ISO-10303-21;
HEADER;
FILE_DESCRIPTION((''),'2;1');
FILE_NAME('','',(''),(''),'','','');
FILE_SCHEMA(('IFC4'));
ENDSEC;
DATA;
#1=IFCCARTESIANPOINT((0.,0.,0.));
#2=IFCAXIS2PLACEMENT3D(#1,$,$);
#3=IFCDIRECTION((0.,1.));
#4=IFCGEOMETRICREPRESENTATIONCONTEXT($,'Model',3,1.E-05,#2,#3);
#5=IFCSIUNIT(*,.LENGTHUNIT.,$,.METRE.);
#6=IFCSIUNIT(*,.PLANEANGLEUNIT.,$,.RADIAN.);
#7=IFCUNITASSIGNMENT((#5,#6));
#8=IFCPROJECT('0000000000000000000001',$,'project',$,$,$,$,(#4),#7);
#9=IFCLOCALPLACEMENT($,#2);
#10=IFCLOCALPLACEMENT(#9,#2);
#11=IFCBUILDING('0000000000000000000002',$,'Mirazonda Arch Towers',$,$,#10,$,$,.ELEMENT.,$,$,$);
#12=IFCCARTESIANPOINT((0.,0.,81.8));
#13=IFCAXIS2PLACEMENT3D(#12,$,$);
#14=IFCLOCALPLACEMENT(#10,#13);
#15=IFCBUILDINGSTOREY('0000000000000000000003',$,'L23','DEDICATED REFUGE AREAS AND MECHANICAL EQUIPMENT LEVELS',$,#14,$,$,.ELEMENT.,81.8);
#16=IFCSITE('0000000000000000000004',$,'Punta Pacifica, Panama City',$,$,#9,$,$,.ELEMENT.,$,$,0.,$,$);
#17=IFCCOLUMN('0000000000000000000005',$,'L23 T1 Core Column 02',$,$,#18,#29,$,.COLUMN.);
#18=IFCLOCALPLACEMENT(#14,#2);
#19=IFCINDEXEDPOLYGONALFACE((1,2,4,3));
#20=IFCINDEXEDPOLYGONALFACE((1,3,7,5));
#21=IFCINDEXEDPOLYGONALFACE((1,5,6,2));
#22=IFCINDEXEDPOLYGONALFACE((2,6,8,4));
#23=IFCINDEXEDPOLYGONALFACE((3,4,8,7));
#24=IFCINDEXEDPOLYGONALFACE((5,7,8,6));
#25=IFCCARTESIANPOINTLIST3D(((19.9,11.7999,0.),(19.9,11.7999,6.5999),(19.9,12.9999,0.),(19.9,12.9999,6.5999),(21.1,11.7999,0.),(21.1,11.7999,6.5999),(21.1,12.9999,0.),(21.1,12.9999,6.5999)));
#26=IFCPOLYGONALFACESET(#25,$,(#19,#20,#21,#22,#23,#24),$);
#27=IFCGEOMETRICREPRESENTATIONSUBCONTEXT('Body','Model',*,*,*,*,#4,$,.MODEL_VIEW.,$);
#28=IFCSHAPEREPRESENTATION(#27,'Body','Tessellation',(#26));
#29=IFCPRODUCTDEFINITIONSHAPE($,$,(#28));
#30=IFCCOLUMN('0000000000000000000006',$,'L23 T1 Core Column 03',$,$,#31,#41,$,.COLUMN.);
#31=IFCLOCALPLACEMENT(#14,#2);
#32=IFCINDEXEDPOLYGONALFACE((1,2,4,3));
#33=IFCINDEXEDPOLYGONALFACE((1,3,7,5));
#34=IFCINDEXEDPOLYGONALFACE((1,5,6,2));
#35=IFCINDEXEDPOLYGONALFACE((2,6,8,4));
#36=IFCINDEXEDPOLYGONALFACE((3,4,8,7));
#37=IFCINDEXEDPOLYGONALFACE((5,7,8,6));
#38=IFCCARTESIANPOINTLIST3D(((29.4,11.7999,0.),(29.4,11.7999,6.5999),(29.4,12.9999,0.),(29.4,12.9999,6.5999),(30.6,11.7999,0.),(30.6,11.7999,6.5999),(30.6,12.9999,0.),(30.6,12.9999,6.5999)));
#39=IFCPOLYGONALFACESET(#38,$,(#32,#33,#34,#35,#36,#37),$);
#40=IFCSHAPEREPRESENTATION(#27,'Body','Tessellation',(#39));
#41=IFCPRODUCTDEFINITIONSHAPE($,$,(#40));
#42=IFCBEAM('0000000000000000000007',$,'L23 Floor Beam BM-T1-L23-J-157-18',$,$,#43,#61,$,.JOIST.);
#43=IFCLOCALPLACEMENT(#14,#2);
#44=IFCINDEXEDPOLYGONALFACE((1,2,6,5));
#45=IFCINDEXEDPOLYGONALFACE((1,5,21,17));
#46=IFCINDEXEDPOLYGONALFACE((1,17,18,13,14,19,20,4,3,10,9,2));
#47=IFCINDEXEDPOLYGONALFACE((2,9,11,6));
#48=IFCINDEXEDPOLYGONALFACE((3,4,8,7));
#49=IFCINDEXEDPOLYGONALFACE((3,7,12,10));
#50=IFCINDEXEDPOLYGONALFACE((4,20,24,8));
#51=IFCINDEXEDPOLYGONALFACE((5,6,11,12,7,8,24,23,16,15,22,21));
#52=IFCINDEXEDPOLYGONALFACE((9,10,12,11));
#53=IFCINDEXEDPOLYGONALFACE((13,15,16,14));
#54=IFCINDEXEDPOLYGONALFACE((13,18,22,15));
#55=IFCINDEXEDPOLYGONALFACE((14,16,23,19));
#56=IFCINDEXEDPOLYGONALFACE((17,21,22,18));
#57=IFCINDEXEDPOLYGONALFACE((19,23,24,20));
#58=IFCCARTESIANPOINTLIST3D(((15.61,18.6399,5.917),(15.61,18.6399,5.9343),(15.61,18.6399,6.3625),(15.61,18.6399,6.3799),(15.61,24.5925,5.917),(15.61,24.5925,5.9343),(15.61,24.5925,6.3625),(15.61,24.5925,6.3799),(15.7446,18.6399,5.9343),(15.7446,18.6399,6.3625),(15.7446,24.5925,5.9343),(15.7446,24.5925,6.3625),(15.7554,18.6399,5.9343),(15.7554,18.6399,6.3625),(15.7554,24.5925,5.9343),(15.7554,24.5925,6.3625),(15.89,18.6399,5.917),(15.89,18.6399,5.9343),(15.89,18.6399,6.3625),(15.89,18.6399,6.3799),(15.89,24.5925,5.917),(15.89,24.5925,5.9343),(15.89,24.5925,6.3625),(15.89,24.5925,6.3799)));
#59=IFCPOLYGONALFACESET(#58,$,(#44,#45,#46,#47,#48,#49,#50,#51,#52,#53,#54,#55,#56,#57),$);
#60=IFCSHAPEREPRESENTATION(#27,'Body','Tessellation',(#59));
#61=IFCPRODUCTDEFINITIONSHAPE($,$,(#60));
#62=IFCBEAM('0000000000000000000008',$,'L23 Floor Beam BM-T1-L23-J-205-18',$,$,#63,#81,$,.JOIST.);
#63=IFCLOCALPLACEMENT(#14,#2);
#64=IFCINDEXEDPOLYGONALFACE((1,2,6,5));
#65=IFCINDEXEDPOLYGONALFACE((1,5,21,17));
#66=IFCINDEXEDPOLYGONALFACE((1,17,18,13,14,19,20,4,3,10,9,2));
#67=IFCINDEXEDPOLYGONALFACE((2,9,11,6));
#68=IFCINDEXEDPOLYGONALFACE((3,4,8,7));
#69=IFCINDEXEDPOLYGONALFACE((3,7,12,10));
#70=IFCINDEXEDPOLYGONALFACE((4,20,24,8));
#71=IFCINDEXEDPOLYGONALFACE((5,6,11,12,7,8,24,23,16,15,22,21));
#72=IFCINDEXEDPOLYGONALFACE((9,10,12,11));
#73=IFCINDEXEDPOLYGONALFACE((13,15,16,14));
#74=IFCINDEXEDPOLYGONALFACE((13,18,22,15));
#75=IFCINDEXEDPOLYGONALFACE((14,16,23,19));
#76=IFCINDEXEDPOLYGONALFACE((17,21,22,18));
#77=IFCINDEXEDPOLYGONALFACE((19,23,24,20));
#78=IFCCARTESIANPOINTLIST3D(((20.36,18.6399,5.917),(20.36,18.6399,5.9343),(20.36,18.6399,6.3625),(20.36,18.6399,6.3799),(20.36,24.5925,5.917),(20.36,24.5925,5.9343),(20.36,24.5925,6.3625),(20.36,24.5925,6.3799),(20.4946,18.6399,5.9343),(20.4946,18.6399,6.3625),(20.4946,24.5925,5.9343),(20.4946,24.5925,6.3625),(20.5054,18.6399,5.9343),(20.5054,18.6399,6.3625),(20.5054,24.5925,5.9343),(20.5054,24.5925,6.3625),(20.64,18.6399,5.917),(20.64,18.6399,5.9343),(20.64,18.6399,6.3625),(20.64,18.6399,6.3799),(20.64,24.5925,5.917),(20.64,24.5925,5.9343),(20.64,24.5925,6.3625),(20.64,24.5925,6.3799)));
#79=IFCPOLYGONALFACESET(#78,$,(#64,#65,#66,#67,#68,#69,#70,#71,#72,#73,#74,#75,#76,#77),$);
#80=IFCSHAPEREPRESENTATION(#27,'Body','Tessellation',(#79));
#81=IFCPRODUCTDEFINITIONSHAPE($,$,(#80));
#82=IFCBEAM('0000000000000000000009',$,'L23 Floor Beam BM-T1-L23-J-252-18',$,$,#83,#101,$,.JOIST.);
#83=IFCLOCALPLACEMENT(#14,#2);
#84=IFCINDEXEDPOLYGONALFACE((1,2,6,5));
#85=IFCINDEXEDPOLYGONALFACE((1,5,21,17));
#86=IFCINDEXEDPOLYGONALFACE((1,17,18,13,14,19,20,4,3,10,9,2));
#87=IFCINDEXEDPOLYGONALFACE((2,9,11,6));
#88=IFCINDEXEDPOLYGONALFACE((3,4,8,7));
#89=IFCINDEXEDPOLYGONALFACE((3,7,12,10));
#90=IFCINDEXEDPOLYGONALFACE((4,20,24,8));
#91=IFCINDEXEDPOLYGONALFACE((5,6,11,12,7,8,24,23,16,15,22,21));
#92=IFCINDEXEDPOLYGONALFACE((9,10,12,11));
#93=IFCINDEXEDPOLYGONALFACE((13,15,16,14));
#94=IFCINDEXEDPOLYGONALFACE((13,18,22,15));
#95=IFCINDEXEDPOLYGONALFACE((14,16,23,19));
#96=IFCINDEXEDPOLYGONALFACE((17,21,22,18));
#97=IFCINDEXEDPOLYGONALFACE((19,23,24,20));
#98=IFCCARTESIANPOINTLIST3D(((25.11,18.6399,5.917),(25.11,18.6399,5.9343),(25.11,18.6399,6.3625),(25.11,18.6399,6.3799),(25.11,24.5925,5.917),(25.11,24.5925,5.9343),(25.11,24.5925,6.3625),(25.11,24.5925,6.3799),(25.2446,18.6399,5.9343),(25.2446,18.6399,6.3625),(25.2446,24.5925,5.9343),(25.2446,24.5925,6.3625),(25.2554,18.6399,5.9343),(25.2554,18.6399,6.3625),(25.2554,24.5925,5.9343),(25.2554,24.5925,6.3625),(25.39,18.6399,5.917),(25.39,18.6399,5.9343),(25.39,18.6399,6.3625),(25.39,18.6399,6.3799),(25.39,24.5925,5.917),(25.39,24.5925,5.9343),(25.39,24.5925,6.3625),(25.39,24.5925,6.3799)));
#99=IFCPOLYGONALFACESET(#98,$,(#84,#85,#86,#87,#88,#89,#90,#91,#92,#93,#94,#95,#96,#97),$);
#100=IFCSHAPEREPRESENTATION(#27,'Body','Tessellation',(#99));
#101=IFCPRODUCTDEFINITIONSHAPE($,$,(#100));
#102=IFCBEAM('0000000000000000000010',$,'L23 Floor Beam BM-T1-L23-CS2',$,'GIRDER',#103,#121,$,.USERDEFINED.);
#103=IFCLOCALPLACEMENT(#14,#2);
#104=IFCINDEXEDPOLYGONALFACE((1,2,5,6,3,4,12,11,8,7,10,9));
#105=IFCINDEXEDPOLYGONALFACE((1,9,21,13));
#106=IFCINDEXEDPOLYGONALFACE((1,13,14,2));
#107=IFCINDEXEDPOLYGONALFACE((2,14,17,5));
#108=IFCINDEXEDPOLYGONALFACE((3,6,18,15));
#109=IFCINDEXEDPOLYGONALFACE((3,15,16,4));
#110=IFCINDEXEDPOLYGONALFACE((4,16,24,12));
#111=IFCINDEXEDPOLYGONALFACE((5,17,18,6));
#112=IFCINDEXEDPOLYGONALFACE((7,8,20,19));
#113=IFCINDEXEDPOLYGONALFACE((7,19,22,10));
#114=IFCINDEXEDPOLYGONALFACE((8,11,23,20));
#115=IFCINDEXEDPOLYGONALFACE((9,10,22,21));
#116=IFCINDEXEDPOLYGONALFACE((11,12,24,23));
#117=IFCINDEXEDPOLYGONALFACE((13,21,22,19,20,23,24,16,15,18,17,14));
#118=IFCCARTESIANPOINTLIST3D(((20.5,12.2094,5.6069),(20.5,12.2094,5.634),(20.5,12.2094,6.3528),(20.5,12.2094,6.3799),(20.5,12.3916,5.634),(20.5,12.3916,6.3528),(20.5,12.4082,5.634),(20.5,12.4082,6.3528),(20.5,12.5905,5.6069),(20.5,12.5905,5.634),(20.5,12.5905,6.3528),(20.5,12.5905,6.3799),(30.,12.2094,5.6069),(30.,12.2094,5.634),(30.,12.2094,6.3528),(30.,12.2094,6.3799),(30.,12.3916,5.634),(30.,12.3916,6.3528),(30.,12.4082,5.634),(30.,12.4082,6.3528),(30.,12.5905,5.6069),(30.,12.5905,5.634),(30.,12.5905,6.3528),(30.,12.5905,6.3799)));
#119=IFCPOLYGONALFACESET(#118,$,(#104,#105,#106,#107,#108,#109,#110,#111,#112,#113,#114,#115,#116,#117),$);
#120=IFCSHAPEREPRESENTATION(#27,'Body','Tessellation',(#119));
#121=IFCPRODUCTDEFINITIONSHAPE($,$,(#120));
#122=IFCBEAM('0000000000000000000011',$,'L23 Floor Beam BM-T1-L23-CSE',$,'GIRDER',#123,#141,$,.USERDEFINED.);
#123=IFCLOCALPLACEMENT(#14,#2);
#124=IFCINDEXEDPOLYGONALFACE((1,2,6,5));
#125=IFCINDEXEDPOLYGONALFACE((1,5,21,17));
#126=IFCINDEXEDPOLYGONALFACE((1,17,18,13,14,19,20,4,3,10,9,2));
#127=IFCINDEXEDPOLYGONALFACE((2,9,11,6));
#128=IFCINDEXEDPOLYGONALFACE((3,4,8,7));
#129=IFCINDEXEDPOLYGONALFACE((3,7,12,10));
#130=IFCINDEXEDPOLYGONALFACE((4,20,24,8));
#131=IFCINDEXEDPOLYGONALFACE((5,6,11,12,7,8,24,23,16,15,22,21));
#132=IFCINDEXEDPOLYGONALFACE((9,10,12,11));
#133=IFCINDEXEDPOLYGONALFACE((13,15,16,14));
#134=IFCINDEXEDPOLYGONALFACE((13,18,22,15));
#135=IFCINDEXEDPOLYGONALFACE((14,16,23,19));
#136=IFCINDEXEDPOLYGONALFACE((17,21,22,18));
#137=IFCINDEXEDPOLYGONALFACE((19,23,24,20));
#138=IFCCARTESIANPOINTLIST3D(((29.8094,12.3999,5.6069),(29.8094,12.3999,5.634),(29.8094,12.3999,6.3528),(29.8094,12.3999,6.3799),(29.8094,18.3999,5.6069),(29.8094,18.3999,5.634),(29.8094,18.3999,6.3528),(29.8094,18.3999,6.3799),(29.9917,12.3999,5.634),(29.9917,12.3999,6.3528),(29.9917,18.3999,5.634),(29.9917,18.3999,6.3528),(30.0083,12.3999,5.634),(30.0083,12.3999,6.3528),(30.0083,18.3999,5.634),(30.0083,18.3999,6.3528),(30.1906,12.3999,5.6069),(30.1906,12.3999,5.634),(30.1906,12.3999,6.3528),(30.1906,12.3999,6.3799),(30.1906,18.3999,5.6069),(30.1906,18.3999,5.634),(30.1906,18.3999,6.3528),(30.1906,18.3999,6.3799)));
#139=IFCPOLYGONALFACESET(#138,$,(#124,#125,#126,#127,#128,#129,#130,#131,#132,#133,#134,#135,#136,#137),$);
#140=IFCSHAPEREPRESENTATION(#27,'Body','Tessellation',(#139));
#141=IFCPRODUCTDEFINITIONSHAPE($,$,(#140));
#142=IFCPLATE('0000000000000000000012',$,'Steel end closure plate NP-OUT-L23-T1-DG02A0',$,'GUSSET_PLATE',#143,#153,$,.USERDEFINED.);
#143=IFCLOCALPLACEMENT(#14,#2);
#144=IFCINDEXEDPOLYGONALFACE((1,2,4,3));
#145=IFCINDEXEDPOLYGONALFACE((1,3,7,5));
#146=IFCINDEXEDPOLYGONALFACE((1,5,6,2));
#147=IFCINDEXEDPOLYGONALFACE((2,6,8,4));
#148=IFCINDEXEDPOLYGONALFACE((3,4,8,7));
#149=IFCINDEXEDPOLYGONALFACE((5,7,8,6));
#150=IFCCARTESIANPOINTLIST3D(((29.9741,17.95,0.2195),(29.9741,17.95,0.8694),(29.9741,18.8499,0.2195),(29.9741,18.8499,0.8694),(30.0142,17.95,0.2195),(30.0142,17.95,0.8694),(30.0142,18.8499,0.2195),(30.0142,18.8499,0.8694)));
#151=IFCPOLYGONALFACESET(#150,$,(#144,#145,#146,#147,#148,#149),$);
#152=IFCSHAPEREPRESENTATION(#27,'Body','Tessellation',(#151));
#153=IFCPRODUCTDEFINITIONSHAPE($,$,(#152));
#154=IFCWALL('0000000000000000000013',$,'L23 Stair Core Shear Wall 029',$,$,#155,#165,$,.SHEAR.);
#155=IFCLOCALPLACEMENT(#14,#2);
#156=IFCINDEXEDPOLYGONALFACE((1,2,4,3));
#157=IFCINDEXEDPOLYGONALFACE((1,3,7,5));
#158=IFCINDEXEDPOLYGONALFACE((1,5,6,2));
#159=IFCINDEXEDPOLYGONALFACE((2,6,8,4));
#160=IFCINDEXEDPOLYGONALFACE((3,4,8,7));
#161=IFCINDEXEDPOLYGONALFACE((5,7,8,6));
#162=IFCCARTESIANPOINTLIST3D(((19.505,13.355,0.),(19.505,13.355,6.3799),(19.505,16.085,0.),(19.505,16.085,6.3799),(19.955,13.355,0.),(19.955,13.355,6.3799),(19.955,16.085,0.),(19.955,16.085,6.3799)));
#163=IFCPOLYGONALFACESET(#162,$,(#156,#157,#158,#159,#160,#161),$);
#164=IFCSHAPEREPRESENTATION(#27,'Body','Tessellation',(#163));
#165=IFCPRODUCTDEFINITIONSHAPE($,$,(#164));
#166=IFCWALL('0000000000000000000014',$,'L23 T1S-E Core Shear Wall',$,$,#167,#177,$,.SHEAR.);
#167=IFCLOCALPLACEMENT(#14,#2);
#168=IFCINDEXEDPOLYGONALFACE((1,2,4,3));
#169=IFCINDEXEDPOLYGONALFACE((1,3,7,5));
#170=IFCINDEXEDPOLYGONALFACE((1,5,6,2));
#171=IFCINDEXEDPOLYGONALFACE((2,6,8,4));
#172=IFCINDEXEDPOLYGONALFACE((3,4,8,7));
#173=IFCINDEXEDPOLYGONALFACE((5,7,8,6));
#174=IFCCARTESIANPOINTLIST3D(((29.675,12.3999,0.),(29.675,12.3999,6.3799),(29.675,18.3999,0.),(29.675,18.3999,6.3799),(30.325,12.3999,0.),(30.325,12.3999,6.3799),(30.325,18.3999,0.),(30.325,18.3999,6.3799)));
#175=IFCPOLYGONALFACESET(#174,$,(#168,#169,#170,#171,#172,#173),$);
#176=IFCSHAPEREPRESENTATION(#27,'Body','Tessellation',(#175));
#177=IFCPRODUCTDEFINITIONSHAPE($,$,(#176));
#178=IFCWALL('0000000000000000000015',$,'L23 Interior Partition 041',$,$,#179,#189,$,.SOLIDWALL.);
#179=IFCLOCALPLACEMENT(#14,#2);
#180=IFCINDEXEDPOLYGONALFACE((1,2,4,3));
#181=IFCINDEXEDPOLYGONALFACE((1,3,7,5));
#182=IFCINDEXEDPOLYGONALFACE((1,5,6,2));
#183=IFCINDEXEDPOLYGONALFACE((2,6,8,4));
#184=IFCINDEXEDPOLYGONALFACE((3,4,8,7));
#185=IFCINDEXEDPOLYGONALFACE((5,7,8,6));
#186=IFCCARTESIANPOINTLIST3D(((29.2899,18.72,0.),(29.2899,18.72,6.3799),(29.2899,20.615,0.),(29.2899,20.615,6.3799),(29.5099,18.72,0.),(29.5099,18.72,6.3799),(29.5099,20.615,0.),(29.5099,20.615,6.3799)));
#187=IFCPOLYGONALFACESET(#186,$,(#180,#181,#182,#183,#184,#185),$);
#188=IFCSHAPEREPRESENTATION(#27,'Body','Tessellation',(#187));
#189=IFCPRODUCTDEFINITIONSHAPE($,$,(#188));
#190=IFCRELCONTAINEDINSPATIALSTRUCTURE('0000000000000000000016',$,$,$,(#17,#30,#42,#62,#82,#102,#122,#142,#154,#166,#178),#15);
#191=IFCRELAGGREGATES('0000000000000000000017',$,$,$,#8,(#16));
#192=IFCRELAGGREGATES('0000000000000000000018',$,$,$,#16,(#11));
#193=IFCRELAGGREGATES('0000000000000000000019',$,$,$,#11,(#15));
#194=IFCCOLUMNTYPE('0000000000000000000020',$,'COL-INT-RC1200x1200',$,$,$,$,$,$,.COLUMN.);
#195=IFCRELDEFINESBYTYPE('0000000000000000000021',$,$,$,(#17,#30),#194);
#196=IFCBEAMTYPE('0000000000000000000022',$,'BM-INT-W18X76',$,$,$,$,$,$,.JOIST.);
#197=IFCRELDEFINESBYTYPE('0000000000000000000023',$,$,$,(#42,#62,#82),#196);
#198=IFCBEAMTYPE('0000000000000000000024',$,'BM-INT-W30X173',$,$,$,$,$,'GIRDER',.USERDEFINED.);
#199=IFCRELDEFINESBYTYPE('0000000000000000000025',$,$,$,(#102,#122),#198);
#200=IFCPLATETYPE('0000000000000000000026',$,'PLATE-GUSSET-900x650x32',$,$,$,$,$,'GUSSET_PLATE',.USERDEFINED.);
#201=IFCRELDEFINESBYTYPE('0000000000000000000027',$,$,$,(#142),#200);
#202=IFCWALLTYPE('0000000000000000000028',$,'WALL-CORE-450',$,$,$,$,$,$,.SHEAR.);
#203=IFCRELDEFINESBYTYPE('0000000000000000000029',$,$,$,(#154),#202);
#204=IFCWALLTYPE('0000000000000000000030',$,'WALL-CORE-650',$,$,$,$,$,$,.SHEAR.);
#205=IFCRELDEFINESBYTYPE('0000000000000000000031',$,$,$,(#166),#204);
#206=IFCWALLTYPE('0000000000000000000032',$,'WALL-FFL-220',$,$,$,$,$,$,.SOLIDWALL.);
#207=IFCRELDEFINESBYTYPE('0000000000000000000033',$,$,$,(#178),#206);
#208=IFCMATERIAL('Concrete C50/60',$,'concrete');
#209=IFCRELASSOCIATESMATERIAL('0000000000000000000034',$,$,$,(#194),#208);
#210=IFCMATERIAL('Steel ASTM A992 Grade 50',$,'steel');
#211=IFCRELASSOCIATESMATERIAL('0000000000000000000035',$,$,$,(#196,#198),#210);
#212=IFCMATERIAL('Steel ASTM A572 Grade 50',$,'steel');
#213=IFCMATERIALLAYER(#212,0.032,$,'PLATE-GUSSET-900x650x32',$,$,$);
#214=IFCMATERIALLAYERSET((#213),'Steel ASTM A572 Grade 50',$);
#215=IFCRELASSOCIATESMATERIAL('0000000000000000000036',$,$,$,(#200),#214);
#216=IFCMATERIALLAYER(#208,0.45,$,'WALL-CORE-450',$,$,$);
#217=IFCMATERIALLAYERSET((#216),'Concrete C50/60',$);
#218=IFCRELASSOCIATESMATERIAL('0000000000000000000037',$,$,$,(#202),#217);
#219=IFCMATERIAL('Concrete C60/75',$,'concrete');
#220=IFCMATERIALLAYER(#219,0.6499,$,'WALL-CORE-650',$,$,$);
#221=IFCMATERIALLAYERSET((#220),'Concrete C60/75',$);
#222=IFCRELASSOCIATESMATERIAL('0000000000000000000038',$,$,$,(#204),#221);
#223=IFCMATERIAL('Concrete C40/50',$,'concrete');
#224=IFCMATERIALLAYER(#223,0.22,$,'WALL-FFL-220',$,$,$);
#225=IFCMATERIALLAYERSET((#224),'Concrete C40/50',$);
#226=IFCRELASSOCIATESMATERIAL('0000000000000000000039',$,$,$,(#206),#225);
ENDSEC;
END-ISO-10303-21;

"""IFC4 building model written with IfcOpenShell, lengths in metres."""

from ifc_helpers import new_model, si_unit, direction, frame, frame_2d, origin, origin_2d, place, context, subcontext, project, spatial, rectangle, i_section, extrude, material, layer, layer_set, material_profile, profile_set, type_object, element, save


model = new_model("IFC4")

# Units and contexts
model_context = context("Model", 3, precision=1e-05, world=origin(), true_north=direction((0.0, 1.0)))
body_context = subcontext(model_context, "Body", "Model", "MODEL_VIEW")
ifc_project = project(units=[si_unit("LENGTHUNIT", "METRE"), si_unit("PLANEANGLEUNIT", "RADIAN")], contexts=[model_context])

# Site, building, storey
site_placement = place(None, origin())
site = spatial("IfcSite", under=ifc_project, at=site_placement, Name="Punta Pacifica, Panama City", CompositionType="ELEMENT", RefElevation=0.0)
building_placement = place(site_placement, origin())
building = spatial("IfcBuilding", under=site, at=building_placement, Name="Mirazonda Arch Towers", CompositionType="ELEMENT")
storey_placement = place(building_placement, frame((0.0, 0.0, 81.8)))
storey = spatial("IfcBuildingStorey", under=building, at=storey_placement, Name="L23", Description="DEDICATED REFUGE AREAS AND MECHANICAL EQUIPMENT LEVELS", CompositionType="ELEMENT", Elevation=81.8)

# Columns
ifc_material_1 = material(Name="Concrete C50/60", Category="concrete")
ifc_material_profile_1 = material_profile(ifc_material_1, rectangle(XDim=1.2, YDim=1.2, at=origin_2d()), Name="RC1200x1200")
ifc_profile_set_1 = profile_set([ifc_material_profile_1], Name="Concrete C50/60")
column_type = type_object("IfcColumnType", Name="COL-INT-RC1200x1200", PredefinedType="COLUMN", material=ifc_profile_set_1)
for number, where, z_axis, x_axis, name in (
    (1, (20.5, 12.3999, 0.0), (0.0, 0.0, 1.0), (1.0, 0.0, 0.0), "L23 T1 Core Column 02"),
    (2, (30.0, 12.3999, 0.0), (0.0, 0.0, 1.0), (1.0, 0.0, 0.0), "L23 T1 Core Column 03"),
):
    element("IfcColumn", number, at=place(storey_placement, frame(where, z_axis=z_axis, x_axis=x_axis)), inside=storey, type_object=column_type, Name=name, PredefinedType="COLUMN", context=body_context, shape_type="SweptSolid", body=[
        extrude(rectangle(XDim=1.2, YDim=1.2, at=origin_2d()), origin(), (0.0, 0.0, 1.0), 6.5999),
    ])

# Beams
ifc_material_2 = material(Name="Steel ASTM A992 Grade 50", Category="steel")
ifc_material_profile_2 = material_profile(ifc_material_2, i_section(OverallWidth=0.28, OverallDepth=0.4629, WebThickness=0.0107, FlangeThickness=0.0173, at=origin_2d()), Name="W18X76")
ifc_profile_set_2 = profile_set([ifc_material_profile_2], Name="Steel ASTM A992 Grade 50")
beam_type_1 = type_object("IfcBeamType", Name="BM-INT-W18X76", PredefinedType="JOIST", material=ifc_profile_set_2)
for number, where, z_axis, x_axis, name in (
    (3, (15.75, 18.6399, 6.1484), (0.0, 1.0, 0.0), (-1.0, 0.0, 0.0), "L23 Floor Beam BM-T1-L23-J-157-18"),
    (4, (20.5, 18.6399, 6.1484), (0.0, 1.0, 0.0), (-1.0, 0.0, 0.0), "L23 Floor Beam BM-T1-L23-J-205-18"),
    (5, (25.25, 18.6399, 6.1484), (0.0, 1.0, 0.0), (-1.0, 0.0, 0.0), "L23 Floor Beam BM-T1-L23-J-252-18"),
):
    element("IfcBeam", number, at=place(storey_placement, frame(where, z_axis=z_axis, x_axis=x_axis)), inside=storey, type_object=beam_type_1, Name=name, PredefinedType="JOIST", context=body_context, shape_type="SweptSolid", body=[
        extrude(i_section(OverallWidth=0.28, OverallDepth=0.4629, WebThickness=0.0107, FlangeThickness=0.0173, at=origin_2d()), origin(), (0.0, 0.0, 1.0), 5.9526),
    ])
ifc_material_profile_3 = material_profile(ifc_material_2, i_section(OverallWidth=0.3811, OverallDepth=0.7729, WebThickness=0.0166, FlangeThickness=0.0271, at=origin_2d()), Name="W30X173")
ifc_profile_set_3 = profile_set([ifc_material_profile_3], Name="Steel ASTM A992 Grade 50")
beam_type_2 = type_object("IfcBeamType", Name="BM-INT-W30X173", ElementType="GIRDER", PredefinedType="USERDEFINED", material=ifc_profile_set_3)
beam_1_placement = place(storey_placement, frame((20.5, 12.3999, 5.9934), z_axis=(1.0, 0.0, 0.0), x_axis=(0.0, 1.0, 0.0)))
element("IfcBeam", 6, at=beam_1_placement, inside=storey, type_object=beam_type_2, Name="L23 Floor Beam BM-T1-L23-CS2", ObjectType="GIRDER", PredefinedType="USERDEFINED", context=body_context, shape_type="SweptSolid", body=[
    extrude(i_section(OverallWidth=0.3811, OverallDepth=0.7729, WebThickness=0.0166, FlangeThickness=0.0271, at=origin_2d()), origin(), (0.0, 0.0, 1.0), 9.5),
])
beam_2_placement = place(storey_placement, frame((30.0, 12.3999, 5.9934), z_axis=(0.0, 1.0, 0.0), x_axis=(-1.0, 0.0, 0.0)))
element("IfcBeam", 7, at=beam_2_placement, inside=storey, type_object=beam_type_2, Name="L23 Floor Beam BM-T1-L23-CSE", ObjectType="GIRDER", PredefinedType="USERDEFINED", context=body_context, shape_type="SweptSolid", body=[
    extrude(i_section(OverallWidth=0.3811, OverallDepth=0.7729, WebThickness=0.0166, FlangeThickness=0.0271, at=origin_2d()), origin(), (0.0, 0.0, 1.0), 6.0),
])

# Plate
ifc_material_3 = material(Name="Steel ASTM A572 Grade 50", Category="steel")
ifc_layer_1 = layer(ifc_material_3, 0.032, Name="PLATE-GUSSET-900x650x32")
ifc_layer_set_1 = layer_set([ifc_layer_1], Name="Steel ASTM A572 Grade 50")
plate_type = type_object("IfcPlateType", Name="PLATE-GUSSET-900x650x32", ElementType="GUSSET_PLATE", PredefinedType="USERDEFINED", material=ifc_layer_set_1)
plate_placement = place(storey_placement, frame((29.9941, 18.3999, 0.2195), z_axis=(0.0, 0.0, 1.0), x_axis=(-1.0, 0.0, 0.0)))
element("IfcPlate", 8, at=plate_placement, inside=storey, type_object=plate_type, Name="Steel end closure plate NP-OUT-L23-T1-DG02A0", ObjectType="GUSSET_PLATE", PredefinedType="USERDEFINED", context=body_context, shape_type="SweptSolid", body=[
    extrude(rectangle(XDim=0.04, YDim=0.8999, at=origin_2d()), origin(), (0.0, 0.0, 1.0), 0.6499),
])

# Walls
ifc_layer_2 = layer(ifc_material_1, 0.45, Name="WALL-CORE-450")
ifc_layer_set_2 = layer_set([ifc_layer_2], Name="Concrete C50/60")
wall_type_1 = type_object("IfcWallType", Name="WALL-CORE-450", PredefinedType="SHEAR", material=ifc_layer_set_2)
wall_1_placement = place(storey_placement, frame((19.73, 13.355, 0.0), z_axis=(0.0, 0.0, 1.0), x_axis=(0.0, 1.0, 0.0)))
element("IfcWall", 9, at=wall_1_placement, inside=storey, type_object=wall_type_1, Name="L23 Stair Core Shear Wall 029", PredefinedType="SHEAR", context=body_context, shape_type="SweptSolid", body=[
    extrude(rectangle(XDim=2.73, YDim=0.45, at=frame_2d((1.365, 0.0))), origin(), (0.0, 0.0, 1.0), 6.3799),
])
ifc_material_4 = material(Name="Concrete C60/75", Category="concrete")
ifc_layer_3 = layer(ifc_material_4, 0.6499, Name="WALL-CORE-650")
ifc_layer_set_3 = layer_set([ifc_layer_3], Name="Concrete C60/75")
wall_type_2 = type_object("IfcWallType", Name="WALL-CORE-650", PredefinedType="SHEAR", material=ifc_layer_set_3)
wall_2_placement = place(storey_placement, frame((30.0, 12.3999, 0.0), z_axis=(0.0, 0.0, 1.0), x_axis=(0.0, 1.0, 0.0)))
element("IfcWall", 10, at=wall_2_placement, inside=storey, type_object=wall_type_2, Name="L23 T1S-E Core Shear Wall", PredefinedType="SHEAR", context=body_context, shape_type="SweptSolid", body=[
    extrude(rectangle(XDim=6.0, YDim=0.6499, at=frame_2d((3.0, 0.0))), origin(), (0.0, 0.0, 1.0), 6.3799),
])
ifc_material_5 = material(Name="Concrete C40/50", Category="concrete")
ifc_layer_4 = layer(ifc_material_5, 0.22, Name="WALL-FFL-220")
ifc_layer_set_4 = layer_set([ifc_layer_4], Name="Concrete C40/50")
wall_type_3 = type_object("IfcWallType", Name="WALL-FFL-220", PredefinedType="SOLIDWALL", material=ifc_layer_set_4)
wall_3_placement = place(storey_placement, frame((29.3999, 18.72, 0.0), z_axis=(0.0, 0.0, 1.0), x_axis=(0.0, 1.0, 0.0)))
element("IfcWall", 11, at=wall_3_placement, inside=storey, type_object=wall_type_3, Name="L23 Interior Partition 041", PredefinedType="SOLIDWALL", context=body_context, shape_type="SweptSolid", body=[
    extrude(rectangle(XDim=1.895, YDim=0.22, at=frame_2d((0.9475, 0.0))), origin(), (0.0, 0.0, 1.0), 6.3799),
])

save(model, "model.ifc")
